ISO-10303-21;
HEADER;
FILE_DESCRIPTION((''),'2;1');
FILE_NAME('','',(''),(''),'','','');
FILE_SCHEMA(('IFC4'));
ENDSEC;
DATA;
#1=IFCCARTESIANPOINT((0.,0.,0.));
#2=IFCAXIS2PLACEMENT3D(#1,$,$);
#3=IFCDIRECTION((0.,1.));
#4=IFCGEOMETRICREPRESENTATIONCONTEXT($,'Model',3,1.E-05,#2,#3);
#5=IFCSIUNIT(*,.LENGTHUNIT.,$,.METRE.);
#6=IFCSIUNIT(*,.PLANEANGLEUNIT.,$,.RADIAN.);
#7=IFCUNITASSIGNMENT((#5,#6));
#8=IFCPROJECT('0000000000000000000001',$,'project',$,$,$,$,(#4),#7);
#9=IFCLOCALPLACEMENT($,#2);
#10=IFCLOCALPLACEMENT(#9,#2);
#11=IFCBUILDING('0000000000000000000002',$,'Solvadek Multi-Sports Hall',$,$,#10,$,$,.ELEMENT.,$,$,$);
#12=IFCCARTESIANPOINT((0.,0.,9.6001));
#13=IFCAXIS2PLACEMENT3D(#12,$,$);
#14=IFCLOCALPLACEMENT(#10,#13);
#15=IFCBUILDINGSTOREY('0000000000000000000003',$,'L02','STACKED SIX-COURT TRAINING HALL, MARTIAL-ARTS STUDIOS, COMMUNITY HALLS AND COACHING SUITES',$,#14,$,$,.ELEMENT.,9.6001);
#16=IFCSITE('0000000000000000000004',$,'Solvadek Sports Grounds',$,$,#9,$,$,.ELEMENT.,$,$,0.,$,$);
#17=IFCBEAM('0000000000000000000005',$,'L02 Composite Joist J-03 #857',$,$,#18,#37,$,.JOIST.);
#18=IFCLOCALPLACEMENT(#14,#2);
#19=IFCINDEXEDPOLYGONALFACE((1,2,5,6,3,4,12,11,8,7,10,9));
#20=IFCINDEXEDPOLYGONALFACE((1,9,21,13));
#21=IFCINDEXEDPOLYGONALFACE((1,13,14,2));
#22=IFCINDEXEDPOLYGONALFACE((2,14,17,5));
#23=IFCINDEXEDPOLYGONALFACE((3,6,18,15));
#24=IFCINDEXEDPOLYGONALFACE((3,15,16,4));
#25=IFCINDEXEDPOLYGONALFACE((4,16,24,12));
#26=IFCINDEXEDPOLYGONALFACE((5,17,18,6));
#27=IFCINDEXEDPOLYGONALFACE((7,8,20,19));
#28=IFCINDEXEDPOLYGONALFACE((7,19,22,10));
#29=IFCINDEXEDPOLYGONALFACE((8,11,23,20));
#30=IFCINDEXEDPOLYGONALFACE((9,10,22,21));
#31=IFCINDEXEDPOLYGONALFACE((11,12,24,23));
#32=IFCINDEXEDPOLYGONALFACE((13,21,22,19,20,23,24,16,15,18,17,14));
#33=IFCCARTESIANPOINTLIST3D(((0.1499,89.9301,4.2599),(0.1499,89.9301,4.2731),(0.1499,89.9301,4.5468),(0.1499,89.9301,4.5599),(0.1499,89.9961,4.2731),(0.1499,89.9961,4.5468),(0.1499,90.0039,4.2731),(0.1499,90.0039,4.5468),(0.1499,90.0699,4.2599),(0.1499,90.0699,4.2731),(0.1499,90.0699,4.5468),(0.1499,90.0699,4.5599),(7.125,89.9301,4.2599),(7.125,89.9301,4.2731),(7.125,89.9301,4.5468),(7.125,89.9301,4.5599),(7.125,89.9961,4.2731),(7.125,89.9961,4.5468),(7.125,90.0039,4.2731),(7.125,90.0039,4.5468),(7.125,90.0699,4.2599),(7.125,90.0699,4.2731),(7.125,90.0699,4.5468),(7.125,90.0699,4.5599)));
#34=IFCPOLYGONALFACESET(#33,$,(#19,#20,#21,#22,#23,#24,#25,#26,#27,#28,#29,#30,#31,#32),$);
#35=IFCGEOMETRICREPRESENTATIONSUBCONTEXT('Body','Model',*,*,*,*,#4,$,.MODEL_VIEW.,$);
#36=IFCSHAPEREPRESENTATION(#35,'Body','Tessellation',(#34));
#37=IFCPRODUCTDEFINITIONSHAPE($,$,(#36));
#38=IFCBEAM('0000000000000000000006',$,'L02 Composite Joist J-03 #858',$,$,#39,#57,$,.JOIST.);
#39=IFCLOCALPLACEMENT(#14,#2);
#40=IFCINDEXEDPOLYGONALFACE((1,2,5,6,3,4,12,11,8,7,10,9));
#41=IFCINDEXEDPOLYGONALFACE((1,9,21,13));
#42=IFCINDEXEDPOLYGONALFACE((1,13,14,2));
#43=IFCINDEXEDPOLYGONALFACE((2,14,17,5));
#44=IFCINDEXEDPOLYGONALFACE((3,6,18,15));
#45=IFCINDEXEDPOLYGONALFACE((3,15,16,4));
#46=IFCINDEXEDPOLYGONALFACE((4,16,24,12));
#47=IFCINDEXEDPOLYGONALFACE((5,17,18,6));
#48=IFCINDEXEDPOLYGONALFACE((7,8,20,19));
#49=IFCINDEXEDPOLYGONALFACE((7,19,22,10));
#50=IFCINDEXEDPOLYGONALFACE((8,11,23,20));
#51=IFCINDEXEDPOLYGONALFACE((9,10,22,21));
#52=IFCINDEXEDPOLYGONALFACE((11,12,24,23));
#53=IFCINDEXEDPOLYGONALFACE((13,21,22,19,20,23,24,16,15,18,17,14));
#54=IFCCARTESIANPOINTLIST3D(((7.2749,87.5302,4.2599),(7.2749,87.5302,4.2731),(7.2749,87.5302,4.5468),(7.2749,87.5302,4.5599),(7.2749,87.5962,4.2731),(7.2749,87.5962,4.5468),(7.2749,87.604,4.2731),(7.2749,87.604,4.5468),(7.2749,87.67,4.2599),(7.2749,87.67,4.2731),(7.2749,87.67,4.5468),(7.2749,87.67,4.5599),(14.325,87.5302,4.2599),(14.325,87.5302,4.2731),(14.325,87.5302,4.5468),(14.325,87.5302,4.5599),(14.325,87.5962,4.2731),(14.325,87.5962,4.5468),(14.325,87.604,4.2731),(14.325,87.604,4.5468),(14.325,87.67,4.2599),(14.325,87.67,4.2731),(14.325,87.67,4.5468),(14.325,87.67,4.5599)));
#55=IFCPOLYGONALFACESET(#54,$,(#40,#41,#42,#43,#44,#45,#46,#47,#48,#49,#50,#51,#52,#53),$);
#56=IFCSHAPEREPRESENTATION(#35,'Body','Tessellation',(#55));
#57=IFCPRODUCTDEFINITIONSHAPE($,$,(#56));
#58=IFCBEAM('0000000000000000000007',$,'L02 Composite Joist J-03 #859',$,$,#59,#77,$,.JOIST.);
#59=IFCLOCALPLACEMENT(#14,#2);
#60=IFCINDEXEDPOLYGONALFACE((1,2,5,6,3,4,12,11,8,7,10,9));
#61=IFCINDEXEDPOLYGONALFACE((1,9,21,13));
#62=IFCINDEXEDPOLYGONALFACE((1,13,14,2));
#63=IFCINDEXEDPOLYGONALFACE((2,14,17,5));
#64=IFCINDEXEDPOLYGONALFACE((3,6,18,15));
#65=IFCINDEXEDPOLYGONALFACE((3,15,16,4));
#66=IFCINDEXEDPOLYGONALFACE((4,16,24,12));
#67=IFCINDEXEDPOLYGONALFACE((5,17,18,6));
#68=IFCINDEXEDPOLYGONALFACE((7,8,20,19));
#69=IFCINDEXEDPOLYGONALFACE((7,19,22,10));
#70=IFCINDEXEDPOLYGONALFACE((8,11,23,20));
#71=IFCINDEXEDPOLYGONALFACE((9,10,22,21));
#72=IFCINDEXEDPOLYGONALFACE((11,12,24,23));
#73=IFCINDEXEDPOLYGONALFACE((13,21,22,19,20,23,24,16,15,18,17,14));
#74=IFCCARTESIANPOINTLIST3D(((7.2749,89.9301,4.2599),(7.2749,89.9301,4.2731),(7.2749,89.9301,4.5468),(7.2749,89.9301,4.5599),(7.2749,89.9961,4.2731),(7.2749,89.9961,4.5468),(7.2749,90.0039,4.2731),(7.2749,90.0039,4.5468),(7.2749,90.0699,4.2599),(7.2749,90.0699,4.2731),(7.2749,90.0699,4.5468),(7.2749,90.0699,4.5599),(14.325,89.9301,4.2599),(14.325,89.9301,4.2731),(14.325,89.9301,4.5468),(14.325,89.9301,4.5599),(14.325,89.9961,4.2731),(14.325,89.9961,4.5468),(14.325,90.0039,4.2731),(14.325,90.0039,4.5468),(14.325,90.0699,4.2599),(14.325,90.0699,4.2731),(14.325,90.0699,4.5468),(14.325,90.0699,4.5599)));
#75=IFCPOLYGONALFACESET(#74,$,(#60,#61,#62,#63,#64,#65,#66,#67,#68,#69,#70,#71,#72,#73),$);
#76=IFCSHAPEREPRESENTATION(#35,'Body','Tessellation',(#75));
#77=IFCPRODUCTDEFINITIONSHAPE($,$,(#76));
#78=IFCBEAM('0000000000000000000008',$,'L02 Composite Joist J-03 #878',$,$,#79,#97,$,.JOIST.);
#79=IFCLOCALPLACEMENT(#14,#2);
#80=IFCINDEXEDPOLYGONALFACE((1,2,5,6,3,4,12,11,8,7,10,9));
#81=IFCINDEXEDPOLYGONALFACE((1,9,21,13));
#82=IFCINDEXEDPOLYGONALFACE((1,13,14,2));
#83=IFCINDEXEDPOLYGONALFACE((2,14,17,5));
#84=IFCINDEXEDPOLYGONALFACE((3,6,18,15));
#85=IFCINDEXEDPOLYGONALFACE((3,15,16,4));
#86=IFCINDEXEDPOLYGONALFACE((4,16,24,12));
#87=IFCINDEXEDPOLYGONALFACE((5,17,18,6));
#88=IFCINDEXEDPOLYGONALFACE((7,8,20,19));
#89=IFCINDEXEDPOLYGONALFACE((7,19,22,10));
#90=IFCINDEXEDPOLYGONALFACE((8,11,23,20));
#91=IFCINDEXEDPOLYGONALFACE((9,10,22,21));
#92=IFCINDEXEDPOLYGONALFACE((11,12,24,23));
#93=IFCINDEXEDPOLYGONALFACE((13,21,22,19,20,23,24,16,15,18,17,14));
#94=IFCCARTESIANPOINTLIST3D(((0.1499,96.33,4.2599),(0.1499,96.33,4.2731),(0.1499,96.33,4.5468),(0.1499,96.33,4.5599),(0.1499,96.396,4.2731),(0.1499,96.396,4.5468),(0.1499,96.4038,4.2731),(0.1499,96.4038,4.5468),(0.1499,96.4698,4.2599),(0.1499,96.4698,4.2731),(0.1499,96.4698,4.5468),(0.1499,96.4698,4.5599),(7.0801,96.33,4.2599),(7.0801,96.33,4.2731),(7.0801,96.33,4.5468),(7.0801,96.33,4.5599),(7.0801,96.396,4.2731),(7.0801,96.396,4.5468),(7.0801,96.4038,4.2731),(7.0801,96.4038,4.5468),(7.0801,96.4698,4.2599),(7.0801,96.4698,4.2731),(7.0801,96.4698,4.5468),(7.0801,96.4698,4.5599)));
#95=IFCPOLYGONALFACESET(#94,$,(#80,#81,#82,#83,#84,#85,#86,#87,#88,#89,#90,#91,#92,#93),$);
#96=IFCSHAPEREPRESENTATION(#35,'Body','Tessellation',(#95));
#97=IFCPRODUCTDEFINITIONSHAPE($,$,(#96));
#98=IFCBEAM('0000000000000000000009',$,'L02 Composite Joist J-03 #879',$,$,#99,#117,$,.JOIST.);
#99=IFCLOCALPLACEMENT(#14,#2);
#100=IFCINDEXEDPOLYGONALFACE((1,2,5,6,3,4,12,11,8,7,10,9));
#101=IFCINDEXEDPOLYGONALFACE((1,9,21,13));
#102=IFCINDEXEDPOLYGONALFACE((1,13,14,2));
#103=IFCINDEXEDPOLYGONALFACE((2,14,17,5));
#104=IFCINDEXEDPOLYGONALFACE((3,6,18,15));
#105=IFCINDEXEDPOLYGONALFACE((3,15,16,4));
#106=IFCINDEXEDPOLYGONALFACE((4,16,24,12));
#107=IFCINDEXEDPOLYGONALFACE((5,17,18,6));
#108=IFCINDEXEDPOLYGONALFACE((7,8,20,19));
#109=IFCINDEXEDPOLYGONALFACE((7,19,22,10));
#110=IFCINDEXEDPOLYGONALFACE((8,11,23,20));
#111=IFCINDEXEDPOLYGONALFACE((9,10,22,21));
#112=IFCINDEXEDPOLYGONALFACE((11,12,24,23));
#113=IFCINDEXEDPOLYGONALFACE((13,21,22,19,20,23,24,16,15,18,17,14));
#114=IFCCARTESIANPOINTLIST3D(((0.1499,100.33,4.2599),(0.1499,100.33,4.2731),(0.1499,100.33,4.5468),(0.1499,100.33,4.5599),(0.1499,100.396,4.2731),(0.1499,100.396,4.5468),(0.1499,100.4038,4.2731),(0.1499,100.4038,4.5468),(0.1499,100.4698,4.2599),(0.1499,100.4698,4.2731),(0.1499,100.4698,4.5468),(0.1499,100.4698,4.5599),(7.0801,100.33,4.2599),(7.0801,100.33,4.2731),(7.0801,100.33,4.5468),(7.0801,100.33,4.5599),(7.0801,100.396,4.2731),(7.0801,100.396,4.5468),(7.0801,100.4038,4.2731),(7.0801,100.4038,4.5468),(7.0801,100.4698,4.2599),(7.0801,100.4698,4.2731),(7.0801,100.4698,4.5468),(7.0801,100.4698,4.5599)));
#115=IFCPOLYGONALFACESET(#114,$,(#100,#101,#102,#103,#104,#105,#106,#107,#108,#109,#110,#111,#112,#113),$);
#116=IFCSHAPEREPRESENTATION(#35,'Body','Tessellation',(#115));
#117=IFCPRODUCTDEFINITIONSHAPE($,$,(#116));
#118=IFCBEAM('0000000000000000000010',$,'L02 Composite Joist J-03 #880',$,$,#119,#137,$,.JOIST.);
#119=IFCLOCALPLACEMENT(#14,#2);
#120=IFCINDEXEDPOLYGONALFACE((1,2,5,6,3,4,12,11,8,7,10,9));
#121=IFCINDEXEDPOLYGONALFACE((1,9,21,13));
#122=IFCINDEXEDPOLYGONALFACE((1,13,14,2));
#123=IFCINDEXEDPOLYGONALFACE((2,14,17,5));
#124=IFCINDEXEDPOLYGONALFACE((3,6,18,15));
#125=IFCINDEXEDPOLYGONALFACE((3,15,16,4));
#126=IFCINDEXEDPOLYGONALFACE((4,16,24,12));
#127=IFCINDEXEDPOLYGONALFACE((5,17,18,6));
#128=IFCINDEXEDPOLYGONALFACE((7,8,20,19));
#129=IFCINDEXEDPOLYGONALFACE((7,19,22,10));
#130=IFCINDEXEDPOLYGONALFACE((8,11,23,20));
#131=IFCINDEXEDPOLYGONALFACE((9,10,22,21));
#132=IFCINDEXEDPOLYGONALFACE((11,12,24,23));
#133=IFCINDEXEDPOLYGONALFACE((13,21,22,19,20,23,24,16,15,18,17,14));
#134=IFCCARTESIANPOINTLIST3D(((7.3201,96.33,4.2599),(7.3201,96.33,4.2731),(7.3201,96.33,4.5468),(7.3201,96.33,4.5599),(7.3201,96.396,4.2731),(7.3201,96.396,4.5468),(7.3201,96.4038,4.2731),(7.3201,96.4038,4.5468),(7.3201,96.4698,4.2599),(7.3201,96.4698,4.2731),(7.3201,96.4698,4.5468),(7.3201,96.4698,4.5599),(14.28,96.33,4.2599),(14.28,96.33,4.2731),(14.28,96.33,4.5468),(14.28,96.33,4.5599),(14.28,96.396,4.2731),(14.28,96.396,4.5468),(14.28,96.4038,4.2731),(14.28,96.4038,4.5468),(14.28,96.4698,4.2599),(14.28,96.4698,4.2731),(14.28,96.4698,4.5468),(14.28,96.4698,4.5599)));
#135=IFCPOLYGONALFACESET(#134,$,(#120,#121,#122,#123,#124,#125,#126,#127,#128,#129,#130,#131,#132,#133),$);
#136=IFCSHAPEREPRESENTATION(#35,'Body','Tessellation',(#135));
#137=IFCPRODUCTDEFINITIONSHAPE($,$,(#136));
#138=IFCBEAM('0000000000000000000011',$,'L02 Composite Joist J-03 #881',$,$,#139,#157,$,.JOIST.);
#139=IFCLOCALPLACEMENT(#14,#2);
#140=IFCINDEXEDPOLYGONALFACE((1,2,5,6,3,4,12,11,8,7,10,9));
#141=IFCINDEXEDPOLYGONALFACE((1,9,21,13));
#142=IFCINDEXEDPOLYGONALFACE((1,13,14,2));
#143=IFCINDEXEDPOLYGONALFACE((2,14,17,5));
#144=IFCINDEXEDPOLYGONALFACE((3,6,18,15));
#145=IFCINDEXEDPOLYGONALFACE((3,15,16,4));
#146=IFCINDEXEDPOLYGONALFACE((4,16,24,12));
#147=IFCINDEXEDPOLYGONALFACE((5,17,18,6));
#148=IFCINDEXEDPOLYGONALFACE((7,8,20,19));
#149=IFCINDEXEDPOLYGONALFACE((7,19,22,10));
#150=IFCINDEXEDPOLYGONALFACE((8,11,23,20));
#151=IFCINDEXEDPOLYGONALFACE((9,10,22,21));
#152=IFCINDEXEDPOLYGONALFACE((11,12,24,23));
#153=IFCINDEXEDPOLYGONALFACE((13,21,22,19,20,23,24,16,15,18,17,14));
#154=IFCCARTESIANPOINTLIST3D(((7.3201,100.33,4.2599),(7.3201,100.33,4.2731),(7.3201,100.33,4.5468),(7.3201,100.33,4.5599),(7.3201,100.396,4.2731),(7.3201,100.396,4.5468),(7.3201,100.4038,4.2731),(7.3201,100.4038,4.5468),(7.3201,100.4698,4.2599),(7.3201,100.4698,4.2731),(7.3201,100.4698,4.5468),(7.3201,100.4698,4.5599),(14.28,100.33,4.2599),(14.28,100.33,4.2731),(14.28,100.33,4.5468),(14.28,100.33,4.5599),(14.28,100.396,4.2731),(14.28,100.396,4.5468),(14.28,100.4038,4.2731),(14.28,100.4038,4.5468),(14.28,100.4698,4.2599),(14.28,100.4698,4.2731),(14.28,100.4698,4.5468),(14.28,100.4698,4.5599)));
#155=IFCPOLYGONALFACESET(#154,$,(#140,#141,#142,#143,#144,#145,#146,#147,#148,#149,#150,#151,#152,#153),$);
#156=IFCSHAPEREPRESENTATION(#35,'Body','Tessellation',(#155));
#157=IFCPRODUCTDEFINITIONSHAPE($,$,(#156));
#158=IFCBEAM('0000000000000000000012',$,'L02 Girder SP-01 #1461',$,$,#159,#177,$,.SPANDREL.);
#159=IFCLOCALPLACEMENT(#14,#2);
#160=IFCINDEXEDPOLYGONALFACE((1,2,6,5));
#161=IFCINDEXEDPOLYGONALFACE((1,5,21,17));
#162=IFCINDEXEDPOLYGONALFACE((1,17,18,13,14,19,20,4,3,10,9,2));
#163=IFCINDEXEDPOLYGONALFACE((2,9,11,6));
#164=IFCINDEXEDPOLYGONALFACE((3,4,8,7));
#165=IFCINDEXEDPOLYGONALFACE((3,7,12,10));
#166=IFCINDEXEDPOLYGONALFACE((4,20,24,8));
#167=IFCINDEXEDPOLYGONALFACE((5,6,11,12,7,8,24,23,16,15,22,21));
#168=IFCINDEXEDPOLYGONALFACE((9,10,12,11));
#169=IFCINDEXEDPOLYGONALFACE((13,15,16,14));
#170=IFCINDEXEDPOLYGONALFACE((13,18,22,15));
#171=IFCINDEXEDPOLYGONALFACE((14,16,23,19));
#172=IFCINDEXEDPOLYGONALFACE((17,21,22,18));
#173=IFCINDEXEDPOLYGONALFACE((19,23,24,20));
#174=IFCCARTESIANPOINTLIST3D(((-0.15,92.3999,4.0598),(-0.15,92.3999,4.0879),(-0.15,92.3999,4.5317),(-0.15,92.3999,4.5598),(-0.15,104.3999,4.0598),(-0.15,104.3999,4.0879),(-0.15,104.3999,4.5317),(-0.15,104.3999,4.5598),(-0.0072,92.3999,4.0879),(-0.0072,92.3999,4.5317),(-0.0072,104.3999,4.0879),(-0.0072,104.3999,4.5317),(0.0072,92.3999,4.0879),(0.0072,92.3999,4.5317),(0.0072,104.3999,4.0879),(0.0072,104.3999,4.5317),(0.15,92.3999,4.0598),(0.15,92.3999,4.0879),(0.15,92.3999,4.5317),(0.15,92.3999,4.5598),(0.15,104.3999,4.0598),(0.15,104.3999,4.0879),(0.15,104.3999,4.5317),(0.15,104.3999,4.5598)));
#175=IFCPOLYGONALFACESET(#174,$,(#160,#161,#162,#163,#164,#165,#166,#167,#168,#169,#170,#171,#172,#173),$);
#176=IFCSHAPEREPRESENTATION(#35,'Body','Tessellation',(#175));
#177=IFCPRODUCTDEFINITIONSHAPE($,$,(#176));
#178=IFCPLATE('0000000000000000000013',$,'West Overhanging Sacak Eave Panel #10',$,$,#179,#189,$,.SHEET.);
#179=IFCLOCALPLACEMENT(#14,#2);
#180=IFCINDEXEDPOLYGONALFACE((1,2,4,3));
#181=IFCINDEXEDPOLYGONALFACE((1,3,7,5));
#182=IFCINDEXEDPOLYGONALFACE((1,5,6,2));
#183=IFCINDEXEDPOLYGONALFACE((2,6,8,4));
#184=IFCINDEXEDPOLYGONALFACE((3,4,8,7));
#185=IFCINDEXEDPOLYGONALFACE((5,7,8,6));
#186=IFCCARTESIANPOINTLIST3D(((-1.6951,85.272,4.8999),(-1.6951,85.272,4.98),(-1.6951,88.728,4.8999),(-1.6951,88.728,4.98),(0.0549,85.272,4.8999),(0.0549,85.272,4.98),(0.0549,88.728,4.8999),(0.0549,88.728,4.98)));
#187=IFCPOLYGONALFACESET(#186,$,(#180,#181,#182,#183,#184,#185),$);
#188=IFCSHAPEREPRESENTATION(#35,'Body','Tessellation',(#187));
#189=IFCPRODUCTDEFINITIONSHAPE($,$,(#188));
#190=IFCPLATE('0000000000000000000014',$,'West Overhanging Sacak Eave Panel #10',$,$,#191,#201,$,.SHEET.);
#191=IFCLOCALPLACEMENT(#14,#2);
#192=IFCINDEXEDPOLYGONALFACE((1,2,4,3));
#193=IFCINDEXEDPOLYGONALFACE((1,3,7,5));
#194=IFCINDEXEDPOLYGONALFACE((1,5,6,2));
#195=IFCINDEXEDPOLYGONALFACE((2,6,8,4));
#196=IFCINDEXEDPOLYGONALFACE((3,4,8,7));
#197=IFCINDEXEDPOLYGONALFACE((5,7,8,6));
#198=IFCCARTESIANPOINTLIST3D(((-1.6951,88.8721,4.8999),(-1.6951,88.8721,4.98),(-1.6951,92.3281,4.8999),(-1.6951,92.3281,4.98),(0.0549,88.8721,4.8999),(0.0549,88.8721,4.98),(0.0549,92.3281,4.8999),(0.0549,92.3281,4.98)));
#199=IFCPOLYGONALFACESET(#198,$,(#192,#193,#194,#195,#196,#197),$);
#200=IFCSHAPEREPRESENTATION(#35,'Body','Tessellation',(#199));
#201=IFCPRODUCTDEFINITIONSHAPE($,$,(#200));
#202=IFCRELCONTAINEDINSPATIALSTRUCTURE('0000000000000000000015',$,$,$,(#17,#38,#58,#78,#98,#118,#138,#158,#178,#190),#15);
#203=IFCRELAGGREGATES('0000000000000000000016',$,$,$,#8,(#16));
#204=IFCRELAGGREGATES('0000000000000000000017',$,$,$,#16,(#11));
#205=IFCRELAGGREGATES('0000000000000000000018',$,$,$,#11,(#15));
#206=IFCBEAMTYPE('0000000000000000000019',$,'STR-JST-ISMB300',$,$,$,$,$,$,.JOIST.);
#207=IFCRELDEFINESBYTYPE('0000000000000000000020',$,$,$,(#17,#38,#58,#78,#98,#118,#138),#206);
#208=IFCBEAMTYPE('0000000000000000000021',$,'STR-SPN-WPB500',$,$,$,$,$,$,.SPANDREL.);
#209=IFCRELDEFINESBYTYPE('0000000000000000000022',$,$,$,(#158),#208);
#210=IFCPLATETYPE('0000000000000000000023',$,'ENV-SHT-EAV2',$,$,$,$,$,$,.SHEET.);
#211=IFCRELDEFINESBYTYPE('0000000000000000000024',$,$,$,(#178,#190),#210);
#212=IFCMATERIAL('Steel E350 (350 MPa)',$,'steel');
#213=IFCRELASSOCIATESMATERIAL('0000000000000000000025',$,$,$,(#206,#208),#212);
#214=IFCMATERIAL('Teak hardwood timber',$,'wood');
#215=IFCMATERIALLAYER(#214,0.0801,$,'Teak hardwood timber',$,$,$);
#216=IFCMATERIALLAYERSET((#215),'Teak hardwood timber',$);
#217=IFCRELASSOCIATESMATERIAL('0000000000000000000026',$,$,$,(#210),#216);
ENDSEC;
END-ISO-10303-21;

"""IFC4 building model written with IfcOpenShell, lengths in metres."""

from ifc_helpers import new_model, si_unit, direction, frame, origin, origin_2d, place, context, subcontext, project, spatial, rectangle, i_section, extrude, material, layer, layer_set, material_profile, profile_set, type_object, element, save


model = new_model("IFC4")

# Units and contexts
model_context = context("Model", 3, precision=1e-05, world=origin(), true_north=direction((0.0, 1.0)))
body_context = subcontext(model_context, "Body", "Model", "MODEL_VIEW")
ifc_project = project(units=[si_unit("LENGTHUNIT", "METRE"), si_unit("PLANEANGLEUNIT", "RADIAN")], contexts=[model_context])

# Site, building, storey
site_placement = place(None, origin())
site = spatial("IfcSite", under=ifc_project, at=site_placement, Name="Solvadek Sports Grounds", CompositionType="ELEMENT", RefElevation=0.0)
building_placement = place(site_placement, origin())
building = spatial("IfcBuilding", under=site, at=building_placement, Name="Solvadek Multi-Sports Hall", CompositionType="ELEMENT")
storey_placement = place(building_placement, frame((0.0, 0.0, 9.6001)))
storey = spatial("IfcBuildingStorey", under=building, at=storey_placement, Name="L02", Description="STACKED SIX-COURT TRAINING HALL, MARTIAL-ARTS STUDIOS, COMMUNITY HALLS AND COACHING SUITES", CompositionType="ELEMENT", Elevation=9.6001)

# Shared definitions
ifc_material_1 = material(Name="Steel E350 (350 MPa)", Category="steel")

# Beams
ifc_material_profile_1 = material_profile(ifc_material_1, i_section(OverallWidth=0.1399, OverallDepth=0.3, WebThickness=0.0078, FlangeThickness=0.0132, at=origin_2d()), Name="ISMB 300")
ifc_profile_set_1 = profile_set([ifc_material_profile_1], Name="Steel E350 (350 MPa)")
beam_type_1 = type_object("IfcBeamType", Name="STR-JST-ISMB300", PredefinedType="JOIST", material=ifc_profile_set_1)
for number, where, z_axis, x_axis, name in (
    (1, (0.1499, 90.0, 4.4099), (1.0, 0.0, 0.0), (0.0, 1.0, 0.0), "L02 Composite Joist J-03 #857"),
):
    element("IfcBeam", number, at=place(storey_placement, frame(where, z_axis=z_axis, x_axis=x_axis)), inside=storey, type_object=beam_type_1, Name=name, PredefinedType="JOIST", context=body_context, shape_type="SweptSolid", body=[
        extrude(i_section(OverallWidth=0.1399, OverallDepth=0.3, WebThickness=0.0078, FlangeThickness=0.0132, at=origin_2d()), origin(), (0.0, 0.0, 1.0), 6.9751),
    ])
for number, where, z_axis, x_axis, name in (
    (2, (7.2749, 87.6001, 4.4099), (1.0, 0.0, 0.0), (0.0, 1.0, 0.0), "L02 Composite Joist J-03 #858"),
    (3, (7.2749, 90.0, 4.4099), (1.0, 0.0, 0.0), (0.0, 1.0, 0.0), "L02 Composite Joist J-03 #859"),
):
    element("IfcBeam", number, at=place(storey_placement, frame(where, z_axis=z_axis, x_axis=x_axis)), inside=storey, type_object=beam_type_1, Name=name, PredefinedType="JOIST", context=body_context, shape_type="SweptSolid", body=[
        extrude(i_section(OverallWidth=0.1399, OverallDepth=0.3, WebThickness=0.0078, FlangeThickness=0.0132, at=origin_2d()), origin(), (0.0, 0.0, 1.0), 7.05),
    ])
for number, where, z_axis, x_axis, name in (
    (4, (0.1499, 96.3999, 4.4099), (1.0, 0.0, 0.0), (0.0, 1.0, 0.0), "L02 Composite Joist J-03 #878"),
    (5, (0.1499, 100.3999, 4.4099), (1.0, 0.0, 0.0), (0.0, 1.0, 0.0), "L02 Composite Joist J-03 #879"),
):
    element("IfcBeam", number, at=place(storey_placement, frame(where, z_axis=z_axis, x_axis=x_axis)), inside=storey, type_object=beam_type_1, Name=name, PredefinedType="JOIST", context=body_context, shape_type="SweptSolid", body=[
        extrude(i_section(OverallWidth=0.1399, OverallDepth=0.3, WebThickness=0.0078, FlangeThickness=0.0132, at=origin_2d()), origin(), (0.0, 0.0, 1.0), 6.9302),
    ])
for number, where, z_axis, x_axis, name in (
    (6, (7.3201, 96.3999, 4.4099), (1.0, 0.0, 0.0), (0.0, 1.0, 0.0), "L02 Composite Joist J-03 #880"),
    (7, (7.3201, 100.3999, 4.4099), (1.0, 0.0, 0.0), (0.0, 1.0, 0.0), "L02 Composite Joist J-03 #881"),
):
    element("IfcBeam", number, at=place(storey_placement, frame(where, z_axis=z_axis, x_axis=x_axis)), inside=storey, type_object=beam_type_1, Name=name, PredefinedType="JOIST", context=body_context, shape_type="SweptSolid", body=[
        extrude(i_section(OverallWidth=0.1399, OverallDepth=0.3, WebThickness=0.0078, FlangeThickness=0.0132, at=origin_2d()), origin(), (0.0, 0.0, 1.0), 6.96),
    ])
ifc_material_profile_2 = material_profile(ifc_material_1, i_section(OverallWidth=0.3, OverallDepth=0.5, WebThickness=0.0144, FlangeThickness=0.0281, at=origin_2d()), Name="WPB 500")
ifc_profile_set_2 = profile_set([ifc_material_profile_2], Name="Steel E350 (350 MPa)")
beam_type_2 = type_object("IfcBeamType", Name="STR-SPN-WPB500", PredefinedType="SPANDREL", material=ifc_profile_set_2)
beam_1_placement = place(storey_placement, frame((0.0, 92.3999, 4.3098), z_axis=(0.0, 1.0, 0.0), x_axis=(-1.0, 0.0, 0.0)))
element("IfcBeam", 8, at=beam_1_placement, inside=storey, type_object=beam_type_2, Name="L02 Girder SP-01 #1461", PredefinedType="SPANDREL", context=body_context, shape_type="SweptSolid", body=[
    extrude(i_section(OverallWidth=0.3, OverallDepth=0.5, WebThickness=0.0144, FlangeThickness=0.0281, at=origin_2d()), origin(), (0.0, 0.0, 1.0), 12.0),
])

# Plates
ifc_material_2 = material(Name="Teak hardwood timber", Category="wood")
ifc_layer_1 = layer(ifc_material_2, 0.0801, Name="Teak hardwood timber")
ifc_layer_set_1 = layer_set([ifc_layer_1], Name="Teak hardwood timber")
plate_type = type_object("IfcPlateType", Name="ENV-SHT-EAV2", PredefinedType="SHEET", material=ifc_layer_set_1)
for number, where, z_axis, x_axis, name in (
    (9, (-0.8201, 87.0, 4.8999), (0.0, 0.0, 1.0), (1.0, 0.0, 0.0), "West Overhanging Sacak Eave Panel #10"),
    (10, (-0.8201, 90.6001, 4.8999), (0.0, 0.0, 1.0), (1.0, 0.0, 0.0), "West Overhanging Sacak Eave Panel #10"),
):
    element("IfcPlate", number, at=place(storey_placement, frame(where, z_axis=z_axis, x_axis=x_axis)), inside=storey, type_object=plate_type, Name=name, PredefinedType="SHEET", context=body_context, shape_type="SweptSolid", body=[
        extrude(rectangle(XDim=1.75, YDim=3.4561, at=origin_2d()), origin(), (0.0, 0.0, 1.0), 0.0801),
    ])

save(model, "model.ifc")
